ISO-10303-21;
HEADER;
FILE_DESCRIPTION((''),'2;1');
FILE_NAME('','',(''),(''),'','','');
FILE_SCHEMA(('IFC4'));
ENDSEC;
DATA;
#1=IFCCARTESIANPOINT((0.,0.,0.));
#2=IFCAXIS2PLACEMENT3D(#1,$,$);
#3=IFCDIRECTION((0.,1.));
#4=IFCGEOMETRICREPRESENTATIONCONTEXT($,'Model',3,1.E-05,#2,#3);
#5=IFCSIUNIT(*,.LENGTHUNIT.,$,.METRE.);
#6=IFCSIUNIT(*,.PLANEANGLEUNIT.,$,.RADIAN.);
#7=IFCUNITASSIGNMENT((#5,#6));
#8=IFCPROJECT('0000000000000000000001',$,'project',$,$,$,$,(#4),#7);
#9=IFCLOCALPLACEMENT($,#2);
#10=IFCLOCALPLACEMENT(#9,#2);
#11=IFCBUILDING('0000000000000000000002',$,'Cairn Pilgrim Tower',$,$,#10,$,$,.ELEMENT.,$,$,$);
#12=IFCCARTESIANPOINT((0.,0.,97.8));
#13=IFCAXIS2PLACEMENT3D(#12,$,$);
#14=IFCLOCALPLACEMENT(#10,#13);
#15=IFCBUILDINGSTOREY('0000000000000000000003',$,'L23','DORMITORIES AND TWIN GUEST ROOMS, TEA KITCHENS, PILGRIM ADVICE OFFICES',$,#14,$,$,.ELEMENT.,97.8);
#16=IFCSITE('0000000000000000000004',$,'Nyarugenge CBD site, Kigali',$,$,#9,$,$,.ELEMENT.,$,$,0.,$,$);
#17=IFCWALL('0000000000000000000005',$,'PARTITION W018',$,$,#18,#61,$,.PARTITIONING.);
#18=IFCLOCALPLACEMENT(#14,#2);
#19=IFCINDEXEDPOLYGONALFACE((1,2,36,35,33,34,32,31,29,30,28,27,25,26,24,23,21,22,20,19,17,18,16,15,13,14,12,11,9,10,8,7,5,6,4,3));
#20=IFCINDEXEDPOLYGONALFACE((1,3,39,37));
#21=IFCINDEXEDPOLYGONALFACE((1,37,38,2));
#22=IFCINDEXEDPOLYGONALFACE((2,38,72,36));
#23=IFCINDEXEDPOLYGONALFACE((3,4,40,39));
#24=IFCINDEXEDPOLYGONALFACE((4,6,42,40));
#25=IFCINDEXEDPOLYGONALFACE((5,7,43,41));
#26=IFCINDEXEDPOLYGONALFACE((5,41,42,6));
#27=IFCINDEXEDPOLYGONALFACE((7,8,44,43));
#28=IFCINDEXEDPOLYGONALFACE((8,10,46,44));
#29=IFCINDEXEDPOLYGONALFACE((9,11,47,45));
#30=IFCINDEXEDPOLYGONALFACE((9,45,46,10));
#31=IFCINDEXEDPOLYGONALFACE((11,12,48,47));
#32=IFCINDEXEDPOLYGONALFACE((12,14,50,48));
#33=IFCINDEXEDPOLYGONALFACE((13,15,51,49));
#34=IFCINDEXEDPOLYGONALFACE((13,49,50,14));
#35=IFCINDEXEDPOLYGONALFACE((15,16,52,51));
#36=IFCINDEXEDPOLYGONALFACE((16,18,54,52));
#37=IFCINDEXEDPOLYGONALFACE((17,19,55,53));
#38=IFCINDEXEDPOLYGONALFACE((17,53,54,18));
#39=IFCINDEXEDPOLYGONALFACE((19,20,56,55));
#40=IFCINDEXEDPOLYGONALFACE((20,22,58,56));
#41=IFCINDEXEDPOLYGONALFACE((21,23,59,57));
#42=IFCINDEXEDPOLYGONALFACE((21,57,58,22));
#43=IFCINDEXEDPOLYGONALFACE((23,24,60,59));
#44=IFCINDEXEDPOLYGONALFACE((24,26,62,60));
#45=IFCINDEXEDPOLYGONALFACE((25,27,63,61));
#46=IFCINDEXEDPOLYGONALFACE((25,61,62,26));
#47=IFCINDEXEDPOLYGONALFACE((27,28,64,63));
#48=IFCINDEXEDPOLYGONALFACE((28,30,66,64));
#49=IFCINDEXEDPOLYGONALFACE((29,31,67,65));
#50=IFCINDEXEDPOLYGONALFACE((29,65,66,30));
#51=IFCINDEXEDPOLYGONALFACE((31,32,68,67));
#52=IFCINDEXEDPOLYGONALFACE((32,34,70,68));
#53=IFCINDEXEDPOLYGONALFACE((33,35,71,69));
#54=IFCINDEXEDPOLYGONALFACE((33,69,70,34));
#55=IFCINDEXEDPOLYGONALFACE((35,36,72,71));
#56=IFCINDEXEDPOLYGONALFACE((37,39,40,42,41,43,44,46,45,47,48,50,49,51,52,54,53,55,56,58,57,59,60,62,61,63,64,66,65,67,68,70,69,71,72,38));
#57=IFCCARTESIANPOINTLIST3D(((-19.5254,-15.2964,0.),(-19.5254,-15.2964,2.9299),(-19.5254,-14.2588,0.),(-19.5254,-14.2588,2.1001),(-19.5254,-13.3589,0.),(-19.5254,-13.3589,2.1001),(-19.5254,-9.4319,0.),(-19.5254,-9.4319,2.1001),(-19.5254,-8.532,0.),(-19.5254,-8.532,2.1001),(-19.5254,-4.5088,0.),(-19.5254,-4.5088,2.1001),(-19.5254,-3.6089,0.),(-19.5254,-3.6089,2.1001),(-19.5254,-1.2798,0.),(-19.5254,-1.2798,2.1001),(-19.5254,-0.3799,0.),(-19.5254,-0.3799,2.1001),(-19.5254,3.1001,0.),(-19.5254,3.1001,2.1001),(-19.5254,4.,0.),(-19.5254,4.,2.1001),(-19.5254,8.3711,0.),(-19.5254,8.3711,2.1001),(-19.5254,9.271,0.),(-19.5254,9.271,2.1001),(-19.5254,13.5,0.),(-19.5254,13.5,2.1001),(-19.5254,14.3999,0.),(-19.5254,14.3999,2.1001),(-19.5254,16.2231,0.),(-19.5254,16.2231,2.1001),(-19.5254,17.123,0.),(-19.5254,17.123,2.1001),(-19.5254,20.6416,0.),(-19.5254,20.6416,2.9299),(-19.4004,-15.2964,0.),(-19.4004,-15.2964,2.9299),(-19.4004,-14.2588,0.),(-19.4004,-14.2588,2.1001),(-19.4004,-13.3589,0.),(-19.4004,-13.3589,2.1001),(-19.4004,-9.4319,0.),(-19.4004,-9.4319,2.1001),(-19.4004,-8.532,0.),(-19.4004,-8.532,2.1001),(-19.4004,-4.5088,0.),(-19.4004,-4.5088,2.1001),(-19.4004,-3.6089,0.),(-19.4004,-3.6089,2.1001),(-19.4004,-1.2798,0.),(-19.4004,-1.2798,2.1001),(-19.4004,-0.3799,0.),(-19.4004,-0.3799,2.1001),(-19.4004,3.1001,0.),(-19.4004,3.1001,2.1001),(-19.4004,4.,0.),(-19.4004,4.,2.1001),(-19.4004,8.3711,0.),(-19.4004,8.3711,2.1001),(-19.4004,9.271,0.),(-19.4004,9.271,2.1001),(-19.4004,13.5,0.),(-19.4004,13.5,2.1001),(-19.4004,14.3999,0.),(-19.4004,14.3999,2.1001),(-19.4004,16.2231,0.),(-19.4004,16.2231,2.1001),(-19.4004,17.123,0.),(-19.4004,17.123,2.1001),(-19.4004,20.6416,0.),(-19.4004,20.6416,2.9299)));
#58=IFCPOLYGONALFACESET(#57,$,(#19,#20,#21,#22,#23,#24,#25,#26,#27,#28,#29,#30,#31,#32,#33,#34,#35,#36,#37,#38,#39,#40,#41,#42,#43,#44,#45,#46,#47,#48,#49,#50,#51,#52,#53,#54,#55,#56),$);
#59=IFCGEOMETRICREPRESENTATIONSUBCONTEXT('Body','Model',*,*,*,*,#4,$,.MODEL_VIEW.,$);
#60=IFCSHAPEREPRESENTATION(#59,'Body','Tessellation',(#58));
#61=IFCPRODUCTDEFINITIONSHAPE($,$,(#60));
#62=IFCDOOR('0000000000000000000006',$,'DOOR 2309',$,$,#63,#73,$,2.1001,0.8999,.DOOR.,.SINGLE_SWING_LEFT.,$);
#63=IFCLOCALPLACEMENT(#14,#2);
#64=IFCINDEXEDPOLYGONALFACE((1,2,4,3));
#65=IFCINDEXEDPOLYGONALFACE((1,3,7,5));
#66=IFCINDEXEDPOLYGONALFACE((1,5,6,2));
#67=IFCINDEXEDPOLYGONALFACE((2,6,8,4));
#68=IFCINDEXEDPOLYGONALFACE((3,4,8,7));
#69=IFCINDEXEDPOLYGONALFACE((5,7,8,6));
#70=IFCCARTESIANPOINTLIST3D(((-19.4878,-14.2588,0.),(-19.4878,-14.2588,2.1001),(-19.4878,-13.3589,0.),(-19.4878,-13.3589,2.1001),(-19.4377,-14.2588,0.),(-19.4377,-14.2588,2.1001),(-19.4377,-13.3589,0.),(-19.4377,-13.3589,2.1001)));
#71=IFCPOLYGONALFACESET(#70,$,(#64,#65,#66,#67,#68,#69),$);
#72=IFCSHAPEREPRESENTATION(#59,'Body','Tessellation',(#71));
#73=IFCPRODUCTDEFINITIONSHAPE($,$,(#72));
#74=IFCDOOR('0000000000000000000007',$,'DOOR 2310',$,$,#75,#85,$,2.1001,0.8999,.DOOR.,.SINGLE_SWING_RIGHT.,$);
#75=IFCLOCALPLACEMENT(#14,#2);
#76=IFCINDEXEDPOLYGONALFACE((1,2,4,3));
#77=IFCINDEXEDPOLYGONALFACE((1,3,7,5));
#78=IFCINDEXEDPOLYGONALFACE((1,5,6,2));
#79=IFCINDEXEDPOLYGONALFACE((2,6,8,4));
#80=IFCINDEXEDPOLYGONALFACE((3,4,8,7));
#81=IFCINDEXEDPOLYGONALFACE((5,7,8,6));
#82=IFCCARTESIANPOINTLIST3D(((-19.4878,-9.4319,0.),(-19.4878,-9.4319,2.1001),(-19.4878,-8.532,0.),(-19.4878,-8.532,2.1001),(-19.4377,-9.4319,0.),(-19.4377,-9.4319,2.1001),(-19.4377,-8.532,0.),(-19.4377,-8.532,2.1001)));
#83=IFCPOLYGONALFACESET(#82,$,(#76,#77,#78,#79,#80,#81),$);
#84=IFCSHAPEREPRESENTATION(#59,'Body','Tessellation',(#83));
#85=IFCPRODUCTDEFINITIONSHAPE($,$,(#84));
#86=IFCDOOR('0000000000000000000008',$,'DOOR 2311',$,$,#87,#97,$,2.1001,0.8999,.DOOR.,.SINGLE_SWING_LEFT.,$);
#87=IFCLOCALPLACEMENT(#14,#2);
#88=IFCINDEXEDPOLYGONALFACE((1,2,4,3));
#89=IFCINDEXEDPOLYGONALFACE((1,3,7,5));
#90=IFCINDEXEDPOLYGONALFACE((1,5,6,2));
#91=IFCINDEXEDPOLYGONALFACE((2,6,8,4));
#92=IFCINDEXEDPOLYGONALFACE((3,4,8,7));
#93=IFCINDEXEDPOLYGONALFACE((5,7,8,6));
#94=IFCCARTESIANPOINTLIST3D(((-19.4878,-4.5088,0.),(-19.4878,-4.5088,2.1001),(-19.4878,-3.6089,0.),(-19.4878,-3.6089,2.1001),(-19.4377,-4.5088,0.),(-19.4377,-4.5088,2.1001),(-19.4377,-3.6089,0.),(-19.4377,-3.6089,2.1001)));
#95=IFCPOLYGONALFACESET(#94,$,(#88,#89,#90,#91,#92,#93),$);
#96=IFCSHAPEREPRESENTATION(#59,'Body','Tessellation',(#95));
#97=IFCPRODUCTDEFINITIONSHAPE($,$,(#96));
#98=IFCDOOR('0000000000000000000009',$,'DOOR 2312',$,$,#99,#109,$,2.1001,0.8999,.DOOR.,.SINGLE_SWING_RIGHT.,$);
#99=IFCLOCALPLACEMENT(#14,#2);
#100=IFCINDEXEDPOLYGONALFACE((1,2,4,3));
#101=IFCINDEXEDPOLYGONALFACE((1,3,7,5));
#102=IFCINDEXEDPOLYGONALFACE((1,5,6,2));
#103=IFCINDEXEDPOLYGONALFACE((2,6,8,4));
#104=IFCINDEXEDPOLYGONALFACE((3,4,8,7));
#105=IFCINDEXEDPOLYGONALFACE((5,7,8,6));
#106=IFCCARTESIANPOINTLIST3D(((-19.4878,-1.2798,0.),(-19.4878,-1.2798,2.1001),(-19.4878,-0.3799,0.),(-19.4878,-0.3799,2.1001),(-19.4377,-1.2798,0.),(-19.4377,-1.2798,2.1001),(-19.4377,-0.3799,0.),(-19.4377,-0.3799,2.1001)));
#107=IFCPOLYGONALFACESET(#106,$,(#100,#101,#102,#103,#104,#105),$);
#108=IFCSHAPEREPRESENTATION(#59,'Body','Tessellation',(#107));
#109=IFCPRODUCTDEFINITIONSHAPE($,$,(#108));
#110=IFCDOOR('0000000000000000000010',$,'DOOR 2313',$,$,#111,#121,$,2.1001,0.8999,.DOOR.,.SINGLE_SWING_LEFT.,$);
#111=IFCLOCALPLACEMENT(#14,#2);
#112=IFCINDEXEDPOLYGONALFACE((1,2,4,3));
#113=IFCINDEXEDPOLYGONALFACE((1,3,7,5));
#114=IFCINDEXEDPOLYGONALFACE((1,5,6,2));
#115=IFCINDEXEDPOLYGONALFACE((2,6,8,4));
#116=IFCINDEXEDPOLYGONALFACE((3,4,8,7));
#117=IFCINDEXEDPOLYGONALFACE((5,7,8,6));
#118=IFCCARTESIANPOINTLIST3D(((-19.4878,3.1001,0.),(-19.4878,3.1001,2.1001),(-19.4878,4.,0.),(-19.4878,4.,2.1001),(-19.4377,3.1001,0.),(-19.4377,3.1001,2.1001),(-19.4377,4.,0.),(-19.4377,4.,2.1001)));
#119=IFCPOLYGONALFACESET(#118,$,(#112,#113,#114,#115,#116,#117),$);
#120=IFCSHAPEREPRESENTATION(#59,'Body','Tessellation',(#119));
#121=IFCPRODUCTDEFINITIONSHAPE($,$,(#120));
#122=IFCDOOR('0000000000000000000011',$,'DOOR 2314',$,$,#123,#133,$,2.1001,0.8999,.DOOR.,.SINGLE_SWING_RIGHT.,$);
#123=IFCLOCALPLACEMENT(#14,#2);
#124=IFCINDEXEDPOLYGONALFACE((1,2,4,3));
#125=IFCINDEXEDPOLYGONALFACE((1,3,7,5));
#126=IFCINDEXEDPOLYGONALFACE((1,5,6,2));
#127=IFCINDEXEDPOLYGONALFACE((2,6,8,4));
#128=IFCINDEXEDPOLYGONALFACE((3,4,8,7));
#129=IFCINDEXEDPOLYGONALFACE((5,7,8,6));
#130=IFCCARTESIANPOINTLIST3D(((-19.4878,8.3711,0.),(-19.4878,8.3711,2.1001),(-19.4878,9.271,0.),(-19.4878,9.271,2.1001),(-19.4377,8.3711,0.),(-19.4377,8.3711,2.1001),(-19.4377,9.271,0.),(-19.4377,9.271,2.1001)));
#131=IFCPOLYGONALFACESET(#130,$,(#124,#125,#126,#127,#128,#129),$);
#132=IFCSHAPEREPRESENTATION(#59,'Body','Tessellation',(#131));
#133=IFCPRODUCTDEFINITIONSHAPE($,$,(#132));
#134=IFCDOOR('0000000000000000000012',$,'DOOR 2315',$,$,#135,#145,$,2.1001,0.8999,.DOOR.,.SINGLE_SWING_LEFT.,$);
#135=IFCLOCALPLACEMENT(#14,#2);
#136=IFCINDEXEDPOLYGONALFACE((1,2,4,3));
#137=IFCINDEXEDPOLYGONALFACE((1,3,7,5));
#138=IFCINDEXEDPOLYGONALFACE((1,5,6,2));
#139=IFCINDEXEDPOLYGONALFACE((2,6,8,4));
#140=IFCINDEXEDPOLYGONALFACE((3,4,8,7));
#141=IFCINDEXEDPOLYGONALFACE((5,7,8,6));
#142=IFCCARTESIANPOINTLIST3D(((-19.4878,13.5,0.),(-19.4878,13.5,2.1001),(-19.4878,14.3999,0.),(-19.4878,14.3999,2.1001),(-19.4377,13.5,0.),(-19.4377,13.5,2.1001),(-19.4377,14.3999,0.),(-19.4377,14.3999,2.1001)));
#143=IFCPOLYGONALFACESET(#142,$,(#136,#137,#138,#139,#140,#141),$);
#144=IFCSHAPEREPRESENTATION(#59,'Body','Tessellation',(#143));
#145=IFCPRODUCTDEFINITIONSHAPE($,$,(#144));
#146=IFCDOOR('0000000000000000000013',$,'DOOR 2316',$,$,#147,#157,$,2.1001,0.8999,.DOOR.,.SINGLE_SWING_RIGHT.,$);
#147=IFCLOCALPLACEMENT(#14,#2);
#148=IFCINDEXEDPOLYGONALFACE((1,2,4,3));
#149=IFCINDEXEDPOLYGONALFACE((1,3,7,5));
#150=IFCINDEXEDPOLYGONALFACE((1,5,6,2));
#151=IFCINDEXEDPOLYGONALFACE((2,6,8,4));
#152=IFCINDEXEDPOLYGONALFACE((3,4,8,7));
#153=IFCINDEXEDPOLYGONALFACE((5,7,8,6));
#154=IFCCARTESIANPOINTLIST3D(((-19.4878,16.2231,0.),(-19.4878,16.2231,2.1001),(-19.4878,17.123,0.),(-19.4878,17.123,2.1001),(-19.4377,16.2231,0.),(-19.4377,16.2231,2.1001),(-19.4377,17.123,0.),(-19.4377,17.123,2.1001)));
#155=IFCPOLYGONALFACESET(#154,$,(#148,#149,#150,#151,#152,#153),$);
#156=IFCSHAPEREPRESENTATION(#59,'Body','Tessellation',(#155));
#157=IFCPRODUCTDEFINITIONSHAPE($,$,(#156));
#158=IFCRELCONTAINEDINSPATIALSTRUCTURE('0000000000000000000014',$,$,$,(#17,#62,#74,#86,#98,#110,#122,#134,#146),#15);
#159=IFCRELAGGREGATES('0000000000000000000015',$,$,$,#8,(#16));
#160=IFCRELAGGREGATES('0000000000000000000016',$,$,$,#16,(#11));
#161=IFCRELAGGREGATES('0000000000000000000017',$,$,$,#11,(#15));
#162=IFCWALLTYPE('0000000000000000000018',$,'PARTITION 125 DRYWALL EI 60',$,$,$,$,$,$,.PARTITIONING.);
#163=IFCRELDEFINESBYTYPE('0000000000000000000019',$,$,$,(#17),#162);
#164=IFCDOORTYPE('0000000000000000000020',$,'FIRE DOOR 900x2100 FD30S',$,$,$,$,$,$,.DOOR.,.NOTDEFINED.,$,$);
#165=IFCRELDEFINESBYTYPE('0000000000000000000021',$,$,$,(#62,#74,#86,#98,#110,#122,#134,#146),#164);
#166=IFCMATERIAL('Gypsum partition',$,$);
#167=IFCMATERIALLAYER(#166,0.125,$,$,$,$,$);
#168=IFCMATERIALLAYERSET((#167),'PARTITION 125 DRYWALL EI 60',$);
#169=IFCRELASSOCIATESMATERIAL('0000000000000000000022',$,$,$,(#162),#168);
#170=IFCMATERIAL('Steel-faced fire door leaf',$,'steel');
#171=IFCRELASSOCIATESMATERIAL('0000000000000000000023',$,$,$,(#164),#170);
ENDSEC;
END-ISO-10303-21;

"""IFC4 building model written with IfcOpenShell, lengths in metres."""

from ifc_helpers import new_model, si_unit, direction, frame, frame_2d, origin, place, context, subcontext, project, spatial, polyline, rectangle, outline, extrude, material, layer, layer_set, type_object, element, fill, save


model = new_model("IFC4")

# Units and contexts
model_context = context("Model", 3, precision=1e-05, world=origin(), true_north=direction((0.0, 1.0)))
body_context = subcontext(model_context, "Body", "Model", "MODEL_VIEW")
ifc_project = project(units=[si_unit("LENGTHUNIT", "METRE"), si_unit("PLANEANGLEUNIT", "RADIAN")], contexts=[model_context])

# Site, building, storey
site_placement = place(None, origin())
site = spatial("IfcSite", under=ifc_project, at=site_placement, Name="Nyarugenge CBD site, Kigali", CompositionType="ELEMENT", RefElevation=0.0)
building_placement = place(site_placement, origin())
building = spatial("IfcBuilding", under=site, at=building_placement, Name="Cairn Pilgrim Tower", CompositionType="ELEMENT")
storey_placement = place(building_placement, frame((0.0, 0.0, 97.8)))
storey = spatial("IfcBuildingStorey", under=building, at=storey_placement, Name="L23", Description="DORMITORIES AND TWIN GUEST ROOMS, TEA KITCHENS, PILGRIM ADVICE OFFICES", CompositionType="ELEMENT", Elevation=97.8)

# Shared definitions
ifc_material_1 = material(Name="Gypsum partition")
ifc_layer_1 = layer(ifc_material_1, 0.125)
ifc_layer_set_1 = layer_set([ifc_layer_1], Name="PARTITION 125 DRYWALL EI 60")
wall_type_1 = type_object("IfcWallType", Name="PARTITION 125 DRYWALL EI 60", PredefinedType="PARTITIONING", material=ifc_layer_set_1)

# Wall, openings, doors
wall_1_placement = place(storey_placement, frame((-19.4629, -15.2964, 0.0), z_axis=(0.0, 0.0, 1.0), x_axis=(0.0, 1.0, 0.0)))
wall_1 = element("IfcWall", 1, at=wall_1_placement, inside=storey, type_object=wall_type_1, Name="PARTITION W018", PredefinedType="PARTITIONING", context=body_context, shape_type="SweptSolid", body=[
    extrude(outline(polyline([(0.0, 0.0), (35.938, 0.0), (35.938, 0.8625), (35.938, 1.7249), (35.938, 2.5874), (35.938, 2.9299), (0.0, 2.9299), (0.0, 2.5874), (0.0, 1.7249), (0.0, 0.8625), (0.0, 0.0)])), frame((0.0, 0.0625, 0.0), z_axis=(0.0, -1.0, 0.0), x_axis=(1.0, 0.0, 0.0)), (0.0, 0.0, 1.0), 0.125),
])
opening_1_placement = place(wall_1_placement, frame((1.0376, 0.0, 0.0)))
opening_1 = element("IfcOpeningElement", 2, at=opening_1_placement, cuts=wall_1, PredefinedType="OPENING", context=body_context, shape_type="SweptSolid", body=[
    extrude(rectangle(XDim=0.8999, YDim=2.1001, at=frame_2d((0.45, 1.05))), frame((0.0, 0.0725, 0.0), z_axis=(0.0, -1.0, 0.0), x_axis=(1.0, 0.0, 0.0)), (0.0, 0.0, 1.0), 0.145),
])
opening_2_placement = place(wall_1_placement, frame((5.8645, 0.0, 0.0)))
opening_2 = element("IfcOpeningElement", 3, at=opening_2_placement, cuts=wall_1, PredefinedType="OPENING", context=body_context, shape_type="SweptSolid", body=[
    extrude(rectangle(XDim=0.8999, YDim=2.1001, at=frame_2d((0.45, 1.05))), frame((0.0, 0.0725, 0.0), z_axis=(0.0, -1.0, 0.0), x_axis=(1.0, 0.0, 0.0)), (0.0, 0.0, 1.0), 0.145),
])
opening_3_placement = place(wall_1_placement, frame((10.7876, 0.0, 0.0)))
opening_3 = element("IfcOpeningElement", 4, at=opening_3_placement, cuts=wall_1, PredefinedType="OPENING", context=body_context, shape_type="SweptSolid", body=[
    extrude(rectangle(XDim=0.8999, YDim=2.1001, at=frame_2d((0.45, 1.05))), frame((0.0, 0.0725, 0.0), z_axis=(0.0, -1.0, 0.0), x_axis=(1.0, 0.0, 0.0)), (0.0, 0.0, 1.0), 0.145),
])
opening_4_placement = place(wall_1_placement, frame((14.0166, 0.0, 0.0)))
opening_4 = element("IfcOpeningElement", 5, at=opening_4_placement, cuts=wall_1, PredefinedType="OPENING", context=body_context, shape_type="SweptSolid", body=[
    extrude(rectangle(XDim=0.8999, YDim=2.1001, at=frame_2d((0.45, 1.05))), frame((0.0, 0.0725, 0.0), z_axis=(0.0, -1.0, 0.0), x_axis=(1.0, 0.0, 0.0)), (0.0, 0.0, 1.0), 0.145),
])
opening_5_placement = place(wall_1_placement, frame((18.3965, 0.0, 0.0)))
opening_5 = element("IfcOpeningElement", 6, at=opening_5_placement, cuts=wall_1, PredefinedType="OPENING", context=body_context, shape_type="SweptSolid", body=[
    extrude(rectangle(XDim=0.8999, YDim=2.1001, at=frame_2d((0.45, 1.05))), frame((0.0, 0.0725, 0.0), z_axis=(0.0, -1.0, 0.0), x_axis=(1.0, 0.0, 0.0)), (0.0, 0.0, 1.0), 0.145),
])
opening_6_placement = place(wall_1_placement, frame((23.6675, 0.0, 0.0)))
opening_6 = element("IfcOpeningElement", 7, at=opening_6_placement, cuts=wall_1, PredefinedType="OPENING", context=body_context, shape_type="SweptSolid", body=[
    extrude(rectangle(XDim=0.8999, YDim=2.1001, at=frame_2d((0.45, 1.05))), frame((0.0, 0.0725, 0.0), z_axis=(0.0, -1.0, 0.0), x_axis=(1.0, 0.0, 0.0)), (0.0, 0.0, 1.0), 0.145),
])
opening_7_placement = place(wall_1_placement, frame((28.7964, 0.0, 0.0)))
opening_7 = element("IfcOpeningElement", 8, at=opening_7_placement, cuts=wall_1, PredefinedType="OPENING", context=body_context, shape_type="SweptSolid", body=[
    extrude(rectangle(XDim=0.8999, YDim=2.1001, at=frame_2d((0.45, 1.05))), frame((0.0, 0.0725, 0.0), z_axis=(0.0, -1.0, 0.0), x_axis=(1.0, 0.0, 0.0)), (0.0, 0.0, 1.0), 0.145),
])
opening_8_placement = place(wall_1_placement, frame((31.5195, 0.0, 0.0)))
opening_8 = element("IfcOpeningElement", 9, at=opening_8_placement, cuts=wall_1, PredefinedType="OPENING", context=body_context, shape_type="SweptSolid", body=[
    extrude(rectangle(XDim=0.8999, YDim=2.1001, at=frame_2d((0.45, 1.05))), frame((0.0, 0.0725, 0.0), z_axis=(0.0, -1.0, 0.0), x_axis=(1.0, 0.0, 0.0)), (0.0, 0.0, 1.0), 0.145),
])
ifc_material_2 = material(Name="Steel-faced fire door leaf", Category="steel")
door_type = type_object("IfcDoorType", Name="FIRE DOOR 900x2100 FD30S", OperationType="NOTDEFINED", PredefinedType="DOOR", material=ifc_material_2)
door_1_placement = place(opening_1_placement, origin())
door_1 = element("IfcDoor", 10, at=door_1_placement, inside=storey, type_object=door_type, Name="DOOR 2309", OperationType="SINGLE_SWING_LEFT", OverallHeight=2.1001, OverallWidth=0.8999, PredefinedType="DOOR", context=body_context, shape_type="SweptSolid", body=[
    extrude(rectangle(XDim=0.8999, YDim=2.1001, at=frame_2d((0.45, 1.05))), frame((0.0, 0.0249, 0.0), z_axis=(0.0, -1.0, 0.0), x_axis=(1.0, 0.0, 0.0)), (0.0, 0.0, 1.0), 0.05),
])
fill(opening_1, door_1)
door_2_placement = place(opening_2_placement, origin())
door_2 = element("IfcDoor", 11, at=door_2_placement, inside=storey, type_object=door_type, Name="DOOR 2310", OperationType="SINGLE_SWING_RIGHT", OverallHeight=2.1001, OverallWidth=0.8999, PredefinedType="DOOR", context=body_context, shape_type="SweptSolid", body=[
    extrude(rectangle(XDim=0.8999, YDim=2.1001, at=frame_2d((0.45, 1.05))), frame((0.0, 0.0249, 0.0), z_axis=(0.0, -1.0, 0.0), x_axis=(1.0, 0.0, 0.0)), (0.0, 0.0, 1.0), 0.05),
])
fill(opening_2, door_2)
door_3_placement = place(opening_3_placement, origin())
door_3 = element("IfcDoor", 12, at=door_3_placement, inside=storey, type_object=door_type, Name="DOOR 2311", OperationType="SINGLE_SWING_LEFT", OverallHeight=2.1001, OverallWidth=0.8999, PredefinedType="DOOR", context=body_context, shape_type="SweptSolid", body=[
    extrude(rectangle(XDim=0.8999, YDim=2.1001, at=frame_2d((0.45, 1.05))), frame((0.0, 0.0249, 0.0), z_axis=(0.0, -1.0, 0.0), x_axis=(1.0, 0.0, 0.0)), (0.0, 0.0, 1.0), 0.05),
])
fill(opening_3, door_3)
door_4_placement = place(opening_4_placement, origin())
door_4 = element("IfcDoor", 13, at=door_4_placement, inside=storey, type_object=door_type, Name="DOOR 2312", OperationType="SINGLE_SWING_RIGHT", OverallHeight=2.1001, OverallWidth=0.8999, PredefinedType="DOOR", context=body_context, shape_type="SweptSolid", body=[
    extrude(rectangle(XDim=0.8999, YDim=2.1001, at=frame_2d((0.45, 1.05))), frame((0.0, 0.0249, 0.0), z_axis=(0.0, -1.0, 0.0), x_axis=(1.0, 0.0, 0.0)), (0.0, 0.0, 1.0), 0.05),
])
fill(opening_4, door_4)
door_5_placement = place(opening_5_placement, origin())
door_5 = element("IfcDoor", 14, at=door_5_placement, inside=storey, type_object=door_type, Name="DOOR 2313", OperationType="SINGLE_SWING_LEFT", OverallHeight=2.1001, OverallWidth=0.8999, PredefinedType="DOOR", context=body_context, shape_type="SweptSolid", body=[
    extrude(rectangle(XDim=0.8999, YDim=2.1001, at=frame_2d((0.45, 1.05))), frame((0.0, 0.0249, 0.0), z_axis=(0.0, -1.0, 0.0), x_axis=(1.0, 0.0, 0.0)), (0.0, 0.0, 1.0), 0.05),
])
fill(opening_5, door_5)
door_6_placement = place(opening_6_placement, origin())
door_6 = element("IfcDoor", 15, at=door_6_placement, inside=storey, type_object=door_type, Name="DOOR 2314", OperationType="SINGLE_SWING_RIGHT", OverallHeight=2.1001, OverallWidth=0.8999, PredefinedType="DOOR", context=body_context, shape_type="SweptSolid", body=[
    extrude(rectangle(XDim=0.8999, YDim=2.1001, at=frame_2d((0.45, 1.05))), frame((0.0, 0.0249, 0.0), z_axis=(0.0, -1.0, 0.0), x_axis=(1.0, 0.0, 0.0)), (0.0, 0.0, 1.0), 0.05),
])
fill(opening_6, door_6)
door_7_placement = place(opening_7_placement, origin())
door_7 = element("IfcDoor", 16, at=door_7_placement, inside=storey, type_object=door_type, Name="DOOR 2315", OperationType="SINGLE_SWING_LEFT", OverallHeight=2.1001, OverallWidth=0.8999, PredefinedType="DOOR", context=body_context, shape_type="SweptSolid", body=[
    extrude(rectangle(XDim=0.8999, YDim=2.1001, at=frame_2d((0.45, 1.05))), frame((0.0, 0.0249, 0.0), z_axis=(0.0, -1.0, 0.0), x_axis=(1.0, 0.0, 0.0)), (0.0, 0.0, 1.0), 0.05),
])
fill(opening_7, door_7)
door_8_placement = place(opening_8_placement, origin())
door_8 = element("IfcDoor", 17, at=door_8_placement, inside=storey, type_object=door_type, Name="DOOR 2316", OperationType="SINGLE_SWING_RIGHT", OverallHeight=2.1001, OverallWidth=0.8999, PredefinedType="DOOR", context=body_context, shape_type="SweptSolid", body=[
    extrude(rectangle(XDim=0.8999, YDim=2.1001, at=frame_2d((0.45, 1.05))), frame((0.0, 0.0249, 0.0), z_axis=(0.0, -1.0, 0.0), x_axis=(1.0, 0.0, 0.0)), (0.0, 0.0, 1.0), 0.05),
])
fill(opening_8, door_8)

save(model, "model.ifc")
